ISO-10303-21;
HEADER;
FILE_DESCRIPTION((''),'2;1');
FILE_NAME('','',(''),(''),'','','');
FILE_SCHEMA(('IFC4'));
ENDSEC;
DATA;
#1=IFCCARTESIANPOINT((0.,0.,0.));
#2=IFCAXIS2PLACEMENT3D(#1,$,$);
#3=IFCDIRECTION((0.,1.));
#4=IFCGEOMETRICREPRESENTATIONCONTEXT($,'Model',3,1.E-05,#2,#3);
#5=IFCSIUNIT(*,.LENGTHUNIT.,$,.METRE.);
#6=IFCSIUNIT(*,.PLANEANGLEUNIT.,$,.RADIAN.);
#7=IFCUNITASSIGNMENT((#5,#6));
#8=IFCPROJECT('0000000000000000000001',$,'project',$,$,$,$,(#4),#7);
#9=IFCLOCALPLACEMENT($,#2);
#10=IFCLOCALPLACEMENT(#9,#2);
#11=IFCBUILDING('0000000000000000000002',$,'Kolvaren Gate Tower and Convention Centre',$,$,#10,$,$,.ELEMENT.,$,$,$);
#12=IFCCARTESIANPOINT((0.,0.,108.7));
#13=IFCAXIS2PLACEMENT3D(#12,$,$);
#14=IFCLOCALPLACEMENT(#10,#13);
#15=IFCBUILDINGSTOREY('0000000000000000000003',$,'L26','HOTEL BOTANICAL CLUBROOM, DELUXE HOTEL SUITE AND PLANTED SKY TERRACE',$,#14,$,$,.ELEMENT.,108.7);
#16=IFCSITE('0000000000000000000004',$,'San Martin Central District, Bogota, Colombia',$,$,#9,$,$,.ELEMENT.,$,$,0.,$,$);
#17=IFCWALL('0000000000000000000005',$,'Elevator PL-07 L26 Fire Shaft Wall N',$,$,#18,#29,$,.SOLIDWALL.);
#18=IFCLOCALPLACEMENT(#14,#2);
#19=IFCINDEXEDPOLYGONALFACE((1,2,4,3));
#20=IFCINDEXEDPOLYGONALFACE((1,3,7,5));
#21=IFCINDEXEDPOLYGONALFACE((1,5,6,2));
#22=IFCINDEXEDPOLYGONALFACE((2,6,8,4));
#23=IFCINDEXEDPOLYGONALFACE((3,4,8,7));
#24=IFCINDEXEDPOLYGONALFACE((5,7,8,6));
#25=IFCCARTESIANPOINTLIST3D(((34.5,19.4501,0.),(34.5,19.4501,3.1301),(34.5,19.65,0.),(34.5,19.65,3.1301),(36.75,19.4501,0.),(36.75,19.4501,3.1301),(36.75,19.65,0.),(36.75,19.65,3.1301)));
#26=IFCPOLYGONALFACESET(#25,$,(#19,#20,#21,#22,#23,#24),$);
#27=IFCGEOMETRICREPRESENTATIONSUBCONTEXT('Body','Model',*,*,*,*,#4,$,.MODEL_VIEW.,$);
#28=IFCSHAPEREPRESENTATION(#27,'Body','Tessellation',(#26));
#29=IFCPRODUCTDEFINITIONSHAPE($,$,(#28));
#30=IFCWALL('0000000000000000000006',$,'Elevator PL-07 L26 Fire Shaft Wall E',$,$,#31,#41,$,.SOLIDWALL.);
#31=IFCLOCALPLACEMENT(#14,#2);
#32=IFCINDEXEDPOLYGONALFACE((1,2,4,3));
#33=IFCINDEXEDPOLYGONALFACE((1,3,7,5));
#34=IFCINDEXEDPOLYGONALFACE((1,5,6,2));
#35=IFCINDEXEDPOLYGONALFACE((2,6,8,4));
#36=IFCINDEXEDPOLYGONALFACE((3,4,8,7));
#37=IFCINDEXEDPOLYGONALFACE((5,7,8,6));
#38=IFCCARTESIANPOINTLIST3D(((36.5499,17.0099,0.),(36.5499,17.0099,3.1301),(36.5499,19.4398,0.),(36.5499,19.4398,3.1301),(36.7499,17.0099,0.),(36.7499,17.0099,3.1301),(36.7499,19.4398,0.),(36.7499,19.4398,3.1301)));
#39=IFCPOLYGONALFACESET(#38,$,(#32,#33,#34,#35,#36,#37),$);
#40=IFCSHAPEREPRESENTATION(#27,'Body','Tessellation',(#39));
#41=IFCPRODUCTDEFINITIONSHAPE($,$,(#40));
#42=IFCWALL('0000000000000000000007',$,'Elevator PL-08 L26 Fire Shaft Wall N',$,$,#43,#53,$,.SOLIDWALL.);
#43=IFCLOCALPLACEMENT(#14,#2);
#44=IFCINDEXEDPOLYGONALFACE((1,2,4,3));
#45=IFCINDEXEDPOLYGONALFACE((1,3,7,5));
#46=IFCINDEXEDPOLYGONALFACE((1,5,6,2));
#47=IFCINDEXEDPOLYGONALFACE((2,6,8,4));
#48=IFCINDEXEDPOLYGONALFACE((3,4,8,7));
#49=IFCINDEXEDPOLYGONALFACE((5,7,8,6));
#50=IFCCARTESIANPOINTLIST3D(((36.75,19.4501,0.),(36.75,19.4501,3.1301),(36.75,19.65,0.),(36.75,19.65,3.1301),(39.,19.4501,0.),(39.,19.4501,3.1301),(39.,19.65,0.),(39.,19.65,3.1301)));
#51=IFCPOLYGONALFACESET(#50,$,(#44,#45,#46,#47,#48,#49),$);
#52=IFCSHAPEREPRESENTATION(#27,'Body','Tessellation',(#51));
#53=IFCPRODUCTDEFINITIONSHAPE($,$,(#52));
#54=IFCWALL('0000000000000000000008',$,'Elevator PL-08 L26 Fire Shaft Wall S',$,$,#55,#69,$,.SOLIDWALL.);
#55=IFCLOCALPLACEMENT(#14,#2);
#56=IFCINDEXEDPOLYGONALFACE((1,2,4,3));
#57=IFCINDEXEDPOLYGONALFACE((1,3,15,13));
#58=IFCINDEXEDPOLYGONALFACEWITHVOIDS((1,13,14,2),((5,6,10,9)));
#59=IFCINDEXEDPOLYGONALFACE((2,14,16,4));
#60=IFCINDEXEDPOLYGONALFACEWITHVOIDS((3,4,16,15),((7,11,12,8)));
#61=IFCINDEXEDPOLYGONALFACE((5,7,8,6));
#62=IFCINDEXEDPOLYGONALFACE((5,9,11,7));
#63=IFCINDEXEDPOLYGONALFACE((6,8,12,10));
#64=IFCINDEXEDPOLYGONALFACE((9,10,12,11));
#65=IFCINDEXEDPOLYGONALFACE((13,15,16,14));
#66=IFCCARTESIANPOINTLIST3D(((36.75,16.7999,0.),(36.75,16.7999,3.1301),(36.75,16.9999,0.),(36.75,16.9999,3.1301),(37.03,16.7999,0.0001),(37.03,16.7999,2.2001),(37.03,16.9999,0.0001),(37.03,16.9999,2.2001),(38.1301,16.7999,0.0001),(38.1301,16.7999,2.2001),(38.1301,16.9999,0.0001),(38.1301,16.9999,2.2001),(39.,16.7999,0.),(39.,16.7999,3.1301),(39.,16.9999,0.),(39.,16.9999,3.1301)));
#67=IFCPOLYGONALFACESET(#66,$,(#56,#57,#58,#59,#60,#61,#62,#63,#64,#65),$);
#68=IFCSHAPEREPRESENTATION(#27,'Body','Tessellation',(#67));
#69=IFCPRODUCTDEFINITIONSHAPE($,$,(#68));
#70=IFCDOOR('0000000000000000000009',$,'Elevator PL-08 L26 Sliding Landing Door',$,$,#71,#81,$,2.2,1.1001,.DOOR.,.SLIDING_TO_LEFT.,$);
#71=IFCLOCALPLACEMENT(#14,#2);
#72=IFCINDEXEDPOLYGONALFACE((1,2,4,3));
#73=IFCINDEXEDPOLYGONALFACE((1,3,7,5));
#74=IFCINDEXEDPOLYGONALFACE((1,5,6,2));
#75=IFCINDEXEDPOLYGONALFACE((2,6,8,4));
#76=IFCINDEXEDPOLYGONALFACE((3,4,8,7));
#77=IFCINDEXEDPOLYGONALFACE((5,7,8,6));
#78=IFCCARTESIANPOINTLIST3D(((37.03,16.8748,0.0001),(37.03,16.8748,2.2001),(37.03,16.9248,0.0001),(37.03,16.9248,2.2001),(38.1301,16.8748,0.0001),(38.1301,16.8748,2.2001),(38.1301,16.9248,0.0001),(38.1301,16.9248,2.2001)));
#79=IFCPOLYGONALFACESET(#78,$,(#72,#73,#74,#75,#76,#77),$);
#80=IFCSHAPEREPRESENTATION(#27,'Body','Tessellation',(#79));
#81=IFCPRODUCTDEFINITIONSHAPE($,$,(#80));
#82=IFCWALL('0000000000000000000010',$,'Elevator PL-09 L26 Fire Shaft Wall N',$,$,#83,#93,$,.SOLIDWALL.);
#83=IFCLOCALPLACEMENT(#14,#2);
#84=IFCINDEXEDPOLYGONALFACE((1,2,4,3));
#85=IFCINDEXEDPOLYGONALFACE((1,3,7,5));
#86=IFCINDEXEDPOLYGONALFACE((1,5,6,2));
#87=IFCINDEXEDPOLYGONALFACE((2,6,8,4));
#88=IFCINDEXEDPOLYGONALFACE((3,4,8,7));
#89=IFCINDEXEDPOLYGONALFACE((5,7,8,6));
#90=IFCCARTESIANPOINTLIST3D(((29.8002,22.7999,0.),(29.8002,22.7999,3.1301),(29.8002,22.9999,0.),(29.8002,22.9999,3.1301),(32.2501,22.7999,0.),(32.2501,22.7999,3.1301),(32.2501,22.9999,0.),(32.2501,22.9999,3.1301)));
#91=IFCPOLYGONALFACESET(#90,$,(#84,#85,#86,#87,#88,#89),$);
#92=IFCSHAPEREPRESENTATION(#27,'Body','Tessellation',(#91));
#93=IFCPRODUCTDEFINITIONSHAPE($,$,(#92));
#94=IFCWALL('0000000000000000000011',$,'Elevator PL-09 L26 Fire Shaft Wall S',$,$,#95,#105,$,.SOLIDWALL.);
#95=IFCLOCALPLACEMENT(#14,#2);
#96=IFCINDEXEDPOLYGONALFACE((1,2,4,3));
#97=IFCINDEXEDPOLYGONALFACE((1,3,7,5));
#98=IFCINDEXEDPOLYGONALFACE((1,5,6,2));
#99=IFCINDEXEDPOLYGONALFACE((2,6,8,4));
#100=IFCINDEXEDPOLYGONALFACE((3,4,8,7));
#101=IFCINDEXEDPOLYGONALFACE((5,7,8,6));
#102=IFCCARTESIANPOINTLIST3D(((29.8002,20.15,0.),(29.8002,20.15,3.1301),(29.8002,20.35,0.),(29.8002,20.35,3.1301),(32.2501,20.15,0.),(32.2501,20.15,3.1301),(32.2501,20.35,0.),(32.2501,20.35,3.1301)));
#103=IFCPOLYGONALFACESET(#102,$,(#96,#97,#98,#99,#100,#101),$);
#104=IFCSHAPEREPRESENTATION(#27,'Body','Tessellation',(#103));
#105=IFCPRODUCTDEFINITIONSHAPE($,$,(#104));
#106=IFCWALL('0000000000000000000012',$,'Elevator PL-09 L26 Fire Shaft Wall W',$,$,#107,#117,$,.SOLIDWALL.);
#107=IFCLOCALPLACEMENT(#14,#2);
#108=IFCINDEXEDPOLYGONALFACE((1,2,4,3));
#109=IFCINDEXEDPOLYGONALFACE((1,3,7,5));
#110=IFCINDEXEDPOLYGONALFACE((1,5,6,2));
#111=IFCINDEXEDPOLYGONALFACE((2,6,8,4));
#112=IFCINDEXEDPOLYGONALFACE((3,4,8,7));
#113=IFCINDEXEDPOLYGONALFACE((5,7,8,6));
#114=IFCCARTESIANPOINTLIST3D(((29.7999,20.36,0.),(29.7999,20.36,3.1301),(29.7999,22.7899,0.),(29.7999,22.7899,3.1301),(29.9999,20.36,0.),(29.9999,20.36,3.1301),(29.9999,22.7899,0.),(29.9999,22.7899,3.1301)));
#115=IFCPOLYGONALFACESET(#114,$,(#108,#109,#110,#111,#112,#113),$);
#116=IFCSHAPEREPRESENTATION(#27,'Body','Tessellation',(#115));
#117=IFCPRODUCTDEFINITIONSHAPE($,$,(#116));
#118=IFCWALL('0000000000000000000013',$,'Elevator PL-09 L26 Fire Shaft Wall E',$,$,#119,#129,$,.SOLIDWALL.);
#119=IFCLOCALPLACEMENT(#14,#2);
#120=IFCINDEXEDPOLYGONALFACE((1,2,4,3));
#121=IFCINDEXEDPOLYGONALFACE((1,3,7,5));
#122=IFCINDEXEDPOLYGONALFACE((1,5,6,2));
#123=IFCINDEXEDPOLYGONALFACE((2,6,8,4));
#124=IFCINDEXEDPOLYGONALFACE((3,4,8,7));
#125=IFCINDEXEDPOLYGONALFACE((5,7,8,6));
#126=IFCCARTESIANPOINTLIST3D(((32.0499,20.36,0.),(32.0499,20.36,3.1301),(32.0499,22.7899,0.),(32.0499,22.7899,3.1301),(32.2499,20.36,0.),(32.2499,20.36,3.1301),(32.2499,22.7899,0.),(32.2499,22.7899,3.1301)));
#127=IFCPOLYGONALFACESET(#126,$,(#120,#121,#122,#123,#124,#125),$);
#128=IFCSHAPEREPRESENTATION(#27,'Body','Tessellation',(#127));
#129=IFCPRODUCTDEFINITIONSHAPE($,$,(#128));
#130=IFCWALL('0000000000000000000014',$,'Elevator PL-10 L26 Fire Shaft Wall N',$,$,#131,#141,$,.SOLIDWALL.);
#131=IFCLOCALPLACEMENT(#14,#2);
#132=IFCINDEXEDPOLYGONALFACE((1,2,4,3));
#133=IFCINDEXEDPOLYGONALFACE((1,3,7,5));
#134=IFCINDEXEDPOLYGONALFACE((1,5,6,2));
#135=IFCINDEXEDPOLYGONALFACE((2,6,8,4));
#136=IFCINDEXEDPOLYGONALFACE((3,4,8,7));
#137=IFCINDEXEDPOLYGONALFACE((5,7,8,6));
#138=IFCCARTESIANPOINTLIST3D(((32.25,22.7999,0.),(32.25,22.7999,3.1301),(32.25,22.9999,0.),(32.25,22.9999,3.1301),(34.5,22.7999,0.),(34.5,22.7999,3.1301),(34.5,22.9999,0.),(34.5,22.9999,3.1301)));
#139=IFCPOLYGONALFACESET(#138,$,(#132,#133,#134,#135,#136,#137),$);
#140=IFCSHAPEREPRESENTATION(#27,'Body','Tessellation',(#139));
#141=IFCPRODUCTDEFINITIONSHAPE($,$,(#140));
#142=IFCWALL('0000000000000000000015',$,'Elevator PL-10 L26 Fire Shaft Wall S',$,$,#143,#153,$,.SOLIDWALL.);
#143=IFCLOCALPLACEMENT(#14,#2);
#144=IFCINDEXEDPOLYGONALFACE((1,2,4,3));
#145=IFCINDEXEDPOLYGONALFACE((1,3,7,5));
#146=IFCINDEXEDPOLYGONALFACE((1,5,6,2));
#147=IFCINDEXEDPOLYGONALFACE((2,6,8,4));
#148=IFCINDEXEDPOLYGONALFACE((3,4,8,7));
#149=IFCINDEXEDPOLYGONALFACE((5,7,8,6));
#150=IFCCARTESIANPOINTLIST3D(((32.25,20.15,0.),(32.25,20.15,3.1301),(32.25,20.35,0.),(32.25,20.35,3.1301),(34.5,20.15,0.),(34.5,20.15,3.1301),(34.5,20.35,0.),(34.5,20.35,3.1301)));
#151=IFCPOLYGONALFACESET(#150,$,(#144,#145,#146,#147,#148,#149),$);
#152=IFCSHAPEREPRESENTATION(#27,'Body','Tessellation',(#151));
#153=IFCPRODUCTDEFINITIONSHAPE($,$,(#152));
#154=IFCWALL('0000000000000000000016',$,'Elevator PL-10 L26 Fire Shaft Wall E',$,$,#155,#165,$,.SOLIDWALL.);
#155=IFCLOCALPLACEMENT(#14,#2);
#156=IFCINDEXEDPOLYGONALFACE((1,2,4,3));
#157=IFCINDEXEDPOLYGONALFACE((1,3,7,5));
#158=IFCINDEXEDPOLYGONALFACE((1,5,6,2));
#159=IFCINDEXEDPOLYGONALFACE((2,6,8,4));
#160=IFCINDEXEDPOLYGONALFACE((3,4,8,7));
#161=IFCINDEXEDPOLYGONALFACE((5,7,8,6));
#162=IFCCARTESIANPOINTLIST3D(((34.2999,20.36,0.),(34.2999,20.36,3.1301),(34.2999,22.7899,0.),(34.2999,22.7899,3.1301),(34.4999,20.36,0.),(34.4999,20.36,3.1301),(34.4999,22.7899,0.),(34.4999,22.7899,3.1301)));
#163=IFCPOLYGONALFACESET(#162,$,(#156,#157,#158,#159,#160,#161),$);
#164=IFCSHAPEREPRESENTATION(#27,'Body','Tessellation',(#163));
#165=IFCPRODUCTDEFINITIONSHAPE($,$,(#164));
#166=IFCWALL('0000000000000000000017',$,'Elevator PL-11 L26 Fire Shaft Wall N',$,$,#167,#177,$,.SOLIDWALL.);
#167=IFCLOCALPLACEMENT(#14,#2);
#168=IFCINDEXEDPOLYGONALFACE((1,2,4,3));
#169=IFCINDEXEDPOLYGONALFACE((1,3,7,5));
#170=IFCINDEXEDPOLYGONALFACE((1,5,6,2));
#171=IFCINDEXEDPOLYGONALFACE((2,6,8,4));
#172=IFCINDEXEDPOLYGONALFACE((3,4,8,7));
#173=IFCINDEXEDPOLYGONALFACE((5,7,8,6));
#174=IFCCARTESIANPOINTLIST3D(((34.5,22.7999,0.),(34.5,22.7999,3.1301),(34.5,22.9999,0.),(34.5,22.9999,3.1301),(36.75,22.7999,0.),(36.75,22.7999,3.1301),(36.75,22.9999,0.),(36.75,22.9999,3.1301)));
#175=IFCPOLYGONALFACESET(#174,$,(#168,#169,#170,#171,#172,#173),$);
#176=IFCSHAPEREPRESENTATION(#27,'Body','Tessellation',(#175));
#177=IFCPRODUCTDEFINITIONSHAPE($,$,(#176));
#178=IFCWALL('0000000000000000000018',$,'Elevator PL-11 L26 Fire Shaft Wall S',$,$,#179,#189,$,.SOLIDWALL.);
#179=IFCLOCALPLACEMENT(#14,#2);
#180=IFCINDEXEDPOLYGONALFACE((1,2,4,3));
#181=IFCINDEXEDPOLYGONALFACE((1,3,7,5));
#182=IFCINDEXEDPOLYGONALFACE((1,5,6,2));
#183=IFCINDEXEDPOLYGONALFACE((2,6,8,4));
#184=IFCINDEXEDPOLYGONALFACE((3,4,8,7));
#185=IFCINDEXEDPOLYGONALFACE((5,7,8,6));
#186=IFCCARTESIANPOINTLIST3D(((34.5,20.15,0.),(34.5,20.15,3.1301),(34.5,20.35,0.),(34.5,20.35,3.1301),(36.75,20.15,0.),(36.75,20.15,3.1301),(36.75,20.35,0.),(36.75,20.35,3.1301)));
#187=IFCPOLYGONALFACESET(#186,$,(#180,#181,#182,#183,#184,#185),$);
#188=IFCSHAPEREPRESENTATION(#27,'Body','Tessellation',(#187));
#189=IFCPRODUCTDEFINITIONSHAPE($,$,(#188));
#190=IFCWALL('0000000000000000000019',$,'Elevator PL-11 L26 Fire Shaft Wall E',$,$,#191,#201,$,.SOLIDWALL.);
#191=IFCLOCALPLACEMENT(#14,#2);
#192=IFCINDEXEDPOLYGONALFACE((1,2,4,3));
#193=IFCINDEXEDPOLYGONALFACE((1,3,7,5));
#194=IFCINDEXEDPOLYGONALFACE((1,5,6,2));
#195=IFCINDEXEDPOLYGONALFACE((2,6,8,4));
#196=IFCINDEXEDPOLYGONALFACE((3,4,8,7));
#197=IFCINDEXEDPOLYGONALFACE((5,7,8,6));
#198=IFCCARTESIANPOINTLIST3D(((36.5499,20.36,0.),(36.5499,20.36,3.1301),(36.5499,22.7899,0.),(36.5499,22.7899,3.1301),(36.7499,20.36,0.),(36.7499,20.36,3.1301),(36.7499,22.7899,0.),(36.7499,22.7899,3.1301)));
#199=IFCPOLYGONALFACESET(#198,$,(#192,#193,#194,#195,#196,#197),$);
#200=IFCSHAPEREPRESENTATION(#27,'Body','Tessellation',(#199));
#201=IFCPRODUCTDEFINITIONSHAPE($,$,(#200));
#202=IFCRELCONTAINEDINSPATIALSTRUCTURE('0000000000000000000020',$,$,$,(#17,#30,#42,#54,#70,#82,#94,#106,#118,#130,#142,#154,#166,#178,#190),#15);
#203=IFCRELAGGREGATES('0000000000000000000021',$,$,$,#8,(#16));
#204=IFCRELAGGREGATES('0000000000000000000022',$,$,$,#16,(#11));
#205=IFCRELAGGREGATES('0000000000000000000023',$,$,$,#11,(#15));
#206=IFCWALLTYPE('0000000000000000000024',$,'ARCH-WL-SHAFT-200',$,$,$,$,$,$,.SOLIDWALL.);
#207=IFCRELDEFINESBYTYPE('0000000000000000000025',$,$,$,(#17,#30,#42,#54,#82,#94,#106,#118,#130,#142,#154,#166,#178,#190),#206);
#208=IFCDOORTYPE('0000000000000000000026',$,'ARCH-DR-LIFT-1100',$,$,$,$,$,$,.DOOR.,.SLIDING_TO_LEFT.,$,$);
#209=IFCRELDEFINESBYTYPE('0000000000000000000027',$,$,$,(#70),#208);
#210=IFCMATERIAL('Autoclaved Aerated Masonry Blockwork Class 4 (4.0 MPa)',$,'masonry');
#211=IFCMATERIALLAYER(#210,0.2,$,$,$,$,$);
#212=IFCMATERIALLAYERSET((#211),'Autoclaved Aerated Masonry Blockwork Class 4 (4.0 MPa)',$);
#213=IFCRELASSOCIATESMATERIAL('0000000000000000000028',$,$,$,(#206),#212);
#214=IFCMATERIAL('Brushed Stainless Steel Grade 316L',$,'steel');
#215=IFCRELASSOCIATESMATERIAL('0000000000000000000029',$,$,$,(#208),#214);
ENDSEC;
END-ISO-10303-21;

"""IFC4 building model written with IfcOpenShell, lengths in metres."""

from ifc_helpers import new_model, si_unit, direction, frame, frame_2d, origin, place, context, subcontext, project, spatial, rectangle, extrude, material, layer, layer_set, type_object, element, fill, save


model = new_model("IFC4")

# Units and contexts
model_context = context("Model", 3, precision=1e-05, world=origin(), true_north=direction((0.0, 1.0)))
body_context = subcontext(model_context, "Body", "Model", "MODEL_VIEW")
ifc_project = project(units=[si_unit("LENGTHUNIT", "METRE"), si_unit("PLANEANGLEUNIT", "RADIAN")], contexts=[model_context])

# Site, building, storey
site_placement = place(None, origin())
site = spatial("IfcSite", under=ifc_project, at=site_placement, Name="San Martin Central District, Bogota, Colombia", CompositionType="ELEMENT", RefElevation=0.0)
building_placement = place(site_placement, origin())
building = spatial("IfcBuilding", under=site, at=building_placement, Name="Kolvaren Gate Tower and Convention Centre", CompositionType="ELEMENT")
storey_placement = place(building_placement, frame((0.0, 0.0, 108.7)))
storey = spatial("IfcBuildingStorey", under=building, at=storey_placement, Name="L26", Description="HOTEL BOTANICAL CLUBROOM, DELUXE HOTEL SUITE AND PLANTED SKY TERRACE", CompositionType="ELEMENT", Elevation=108.7)

# Shared definitions
ifc_material_1 = material(Name="Autoclaved Aerated Masonry Blockwork Class 4 (4.0 MPa)", Category="masonry")

# Walls
ifc_layer_1 = layer(ifc_material_1, 0.2)
ifc_layer_set_1 = layer_set([ifc_layer_1], Name="Autoclaved Aerated Masonry Blockwork Class 4 (4.0 MPa)")
wall_type_1 = type_object("IfcWallType", Name="ARCH-WL-SHAFT-200", PredefinedType="SOLIDWALL", material=ifc_layer_set_1)
wall_1_placement = place(storey_placement, frame((34.5, 19.55, 0.0), z_axis=(0.0, 0.0, 1.0), x_axis=(1.0, 0.0, 0.0)))
element("IfcWall", 1, at=wall_1_placement, inside=storey, type_object=wall_type_1, Name="Elevator PL-07 L26 Fire Shaft Wall N", PredefinedType="SOLIDWALL", context=body_context, shape_type="SweptSolid", body=[
    extrude(rectangle(XDim=2.25, YDim=0.2, at=frame_2d((1.125, 0.0))), origin(), (0.0, 0.0, 1.0), 3.1301),
])
wall_2_placement = place(storey_placement, frame((36.6499, 17.01, 0.0), z_axis=(0.0, 0.0, 1.0), x_axis=(0.0, 1.0, 0.0)))
element("IfcWall", 2, at=wall_2_placement, inside=storey, type_object=wall_type_1, Name="Elevator PL-07 L26 Fire Shaft Wall E", PredefinedType="SOLIDWALL", context=body_context, shape_type="SweptSolid", body=[
    extrude(rectangle(XDim=2.4299, YDim=0.2, at=frame_2d((1.2148, 0.0))), origin(), (0.0, 0.0, 1.0), 3.1301),
])
wall_3_placement = place(storey_placement, frame((36.75, 19.55, 0.0), z_axis=(0.0, 0.0, 1.0), x_axis=(1.0, 0.0, 0.0)))
element("IfcWall", 3, at=wall_3_placement, inside=storey, type_object=wall_type_1, Name="Elevator PL-08 L26 Fire Shaft Wall N", PredefinedType="SOLIDWALL", context=body_context, shape_type="SweptSolid", body=[
    extrude(rectangle(XDim=2.25, YDim=0.2, at=frame_2d((1.125, 0.0))), origin(), (0.0, 0.0, 1.0), 3.1301),
])

# Wall, opening, door
wall_4_placement = place(storey_placement, frame((36.75, 16.8999, 0.0), z_axis=(0.0, 0.0, 1.0), x_axis=(1.0, 0.0, 0.0)))
wall_4 = element("IfcWall", 4, at=wall_4_placement, inside=storey, type_object=wall_type_1, Name="Elevator PL-08 L26 Fire Shaft Wall S", PredefinedType="SOLIDWALL", context=body_context, shape_type="SweptSolid", body=[
    extrude(rectangle(XDim=2.25, YDim=0.2, at=frame_2d((1.125, 0.0))), origin(), (0.0, 0.0, 1.0), 3.1301),
])
opening_1_placement = place(wall_4_placement, frame((0.28, 0.0, 0.0)))
opening_1 = element("IfcOpeningElement", 5, at=opening_1_placement, cuts=wall_4, PredefinedType="OPENING", context=body_context, shape_type="SweptSolid", body=[
    extrude(rectangle(XDim=1.1001, YDim=2.2, at=frame_2d((0.55, 1.1001))), frame((0.0, 0.1099, 0.0), z_axis=(0.0, -1.0, 0.0), x_axis=(1.0, 0.0, 0.0)), (0.0, 0.0, 1.0), 0.22),
])
ifc_material_2 = material(Name="Brushed Stainless Steel Grade 316L", Category="steel")
door_type_1 = type_object("IfcDoorType", Name="ARCH-DR-LIFT-1100", OperationType="SLIDING_TO_LEFT", PredefinedType="DOOR", material=ifc_material_2)
door_1_placement = place(opening_1_placement, origin())
door_1 = element("IfcDoor", 6, at=door_1_placement, inside=storey, type_object=door_type_1, Name="Elevator PL-08 L26 Sliding Landing Door", OperationType="SLIDING_TO_LEFT", OverallHeight=2.2, OverallWidth=1.1001, PredefinedType="DOOR", context=body_context, shape_type="SweptSolid", body=[
    extrude(rectangle(XDim=1.1001, YDim=2.2, at=frame_2d((0.55, 1.1001))), frame((0.0, 0.0249, 0.0), z_axis=(0.0, -1.0, 0.0), x_axis=(1.0, 0.0, 0.0)), (0.0, 0.0, 1.0), 0.05),
])
fill(opening_1, door_1)

# Walls
for number, where, z_axis, x_axis, name in (
    (7, (29.8, 22.8999, 0.0), (0.0, 0.0, 1.0), (1.0, 0.0, 0.0), "Elevator PL-09 L26 Fire Shaft Wall N"),
    (8, (29.8, 20.25, 0.0), (0.0, 0.0, 1.0), (1.0, 0.0, 0.0), "Elevator PL-09 L26 Fire Shaft Wall S"),
):
    element("IfcWall", number, at=place(storey_placement, frame(where, z_axis=z_axis, x_axis=x_axis)), inside=storey, type_object=wall_type_1, Name=name, PredefinedType="SOLIDWALL", context=body_context, shape_type="SweptSolid", body=[
        extrude(rectangle(XDim=2.45, YDim=0.2, at=frame_2d((1.2251, 0.0))), origin(), (0.0, 0.0, 1.0), 3.1301),
    ])
for number, where, z_axis, x_axis, name in (
    (9, (29.8999, 20.3601, 0.0), (0.0, 0.0, 1.0), (0.0, 1.0, 0.0), "Elevator PL-09 L26 Fire Shaft Wall W"),
    (10, (32.1499, 20.3601, 0.0), (0.0, 0.0, 1.0), (0.0, 1.0, 0.0), "Elevator PL-09 L26 Fire Shaft Wall E"),
):
    element("IfcWall", number, at=place(storey_placement, frame(where, z_axis=z_axis, x_axis=x_axis)), inside=storey, type_object=wall_type_1, Name=name, PredefinedType="SOLIDWALL", context=body_context, shape_type="SweptSolid", body=[
        extrude(rectangle(XDim=2.4299, YDim=0.2, at=frame_2d((1.2148, 0.0))), origin(), (0.0, 0.0, 1.0), 3.1301),
    ])
for number, where, z_axis, x_axis, name in (
    (11, (32.25, 22.8999, 0.0), (0.0, 0.0, 1.0), (1.0, 0.0, 0.0), "Elevator PL-10 L26 Fire Shaft Wall N"),
    (12, (32.25, 20.25, 0.0), (0.0, 0.0, 1.0), (1.0, 0.0, 0.0), "Elevator PL-10 L26 Fire Shaft Wall S"),
):
    element("IfcWall", number, at=place(storey_placement, frame(where, z_axis=z_axis, x_axis=x_axis)), inside=storey, type_object=wall_type_1, Name=name, PredefinedType="SOLIDWALL", context=body_context, shape_type="SweptSolid", body=[
        extrude(rectangle(XDim=2.25, YDim=0.2, at=frame_2d((1.125, 0.0))), origin(), (0.0, 0.0, 1.0), 3.1301),
    ])
wall_5_placement = place(storey_placement, frame((34.3999, 20.3601, 0.0), z_axis=(0.0, 0.0, 1.0), x_axis=(0.0, 1.0, 0.0)))
element("IfcWall", 13, at=wall_5_placement, inside=storey, type_object=wall_type_1, Name="Elevator PL-10 L26 Fire Shaft Wall E", PredefinedType="SOLIDWALL", context=body_context, shape_type="SweptSolid", body=[
    extrude(rectangle(XDim=2.4299, YDim=0.2, at=frame_2d((1.2148, 0.0))), origin(), (0.0, 0.0, 1.0), 3.1301),
])
for number, where, z_axis, x_axis, name in (
    (14, (34.5, 22.8999, 0.0), (0.0, 0.0, 1.0), (1.0, 0.0, 0.0), "Elevator PL-11 L26 Fire Shaft Wall N"),
    (15, (34.5, 20.25, 0.0), (0.0, 0.0, 1.0), (1.0, 0.0, 0.0), "Elevator PL-11 L26 Fire Shaft Wall S"),
):
    element("IfcWall", number, at=place(storey_placement, frame(where, z_axis=z_axis, x_axis=x_axis)), inside=storey, type_object=wall_type_1, Name=name, PredefinedType="SOLIDWALL", context=body_context, shape_type="SweptSolid", body=[
        extrude(rectangle(XDim=2.25, YDim=0.2, at=frame_2d((1.125, 0.0))), origin(), (0.0, 0.0, 1.0), 3.1301),
    ])
wall_6_placement = place(storey_placement, frame((36.6499, 20.3601, 0.0), z_axis=(0.0, 0.0, 1.0), x_axis=(0.0, 1.0, 0.0)))
element("IfcWall", 16, at=wall_6_placement, inside=storey, type_object=wall_type_1, Name="Elevator PL-11 L26 Fire Shaft Wall E", PredefinedType="SOLIDWALL", context=body_context, shape_type="SweptSolid", body=[
    extrude(rectangle(XDim=2.4299, YDim=0.2, at=frame_2d((1.2148, 0.0))), origin(), (0.0, 0.0, 1.0), 3.1301),
])

save(model, "model.ifc")
